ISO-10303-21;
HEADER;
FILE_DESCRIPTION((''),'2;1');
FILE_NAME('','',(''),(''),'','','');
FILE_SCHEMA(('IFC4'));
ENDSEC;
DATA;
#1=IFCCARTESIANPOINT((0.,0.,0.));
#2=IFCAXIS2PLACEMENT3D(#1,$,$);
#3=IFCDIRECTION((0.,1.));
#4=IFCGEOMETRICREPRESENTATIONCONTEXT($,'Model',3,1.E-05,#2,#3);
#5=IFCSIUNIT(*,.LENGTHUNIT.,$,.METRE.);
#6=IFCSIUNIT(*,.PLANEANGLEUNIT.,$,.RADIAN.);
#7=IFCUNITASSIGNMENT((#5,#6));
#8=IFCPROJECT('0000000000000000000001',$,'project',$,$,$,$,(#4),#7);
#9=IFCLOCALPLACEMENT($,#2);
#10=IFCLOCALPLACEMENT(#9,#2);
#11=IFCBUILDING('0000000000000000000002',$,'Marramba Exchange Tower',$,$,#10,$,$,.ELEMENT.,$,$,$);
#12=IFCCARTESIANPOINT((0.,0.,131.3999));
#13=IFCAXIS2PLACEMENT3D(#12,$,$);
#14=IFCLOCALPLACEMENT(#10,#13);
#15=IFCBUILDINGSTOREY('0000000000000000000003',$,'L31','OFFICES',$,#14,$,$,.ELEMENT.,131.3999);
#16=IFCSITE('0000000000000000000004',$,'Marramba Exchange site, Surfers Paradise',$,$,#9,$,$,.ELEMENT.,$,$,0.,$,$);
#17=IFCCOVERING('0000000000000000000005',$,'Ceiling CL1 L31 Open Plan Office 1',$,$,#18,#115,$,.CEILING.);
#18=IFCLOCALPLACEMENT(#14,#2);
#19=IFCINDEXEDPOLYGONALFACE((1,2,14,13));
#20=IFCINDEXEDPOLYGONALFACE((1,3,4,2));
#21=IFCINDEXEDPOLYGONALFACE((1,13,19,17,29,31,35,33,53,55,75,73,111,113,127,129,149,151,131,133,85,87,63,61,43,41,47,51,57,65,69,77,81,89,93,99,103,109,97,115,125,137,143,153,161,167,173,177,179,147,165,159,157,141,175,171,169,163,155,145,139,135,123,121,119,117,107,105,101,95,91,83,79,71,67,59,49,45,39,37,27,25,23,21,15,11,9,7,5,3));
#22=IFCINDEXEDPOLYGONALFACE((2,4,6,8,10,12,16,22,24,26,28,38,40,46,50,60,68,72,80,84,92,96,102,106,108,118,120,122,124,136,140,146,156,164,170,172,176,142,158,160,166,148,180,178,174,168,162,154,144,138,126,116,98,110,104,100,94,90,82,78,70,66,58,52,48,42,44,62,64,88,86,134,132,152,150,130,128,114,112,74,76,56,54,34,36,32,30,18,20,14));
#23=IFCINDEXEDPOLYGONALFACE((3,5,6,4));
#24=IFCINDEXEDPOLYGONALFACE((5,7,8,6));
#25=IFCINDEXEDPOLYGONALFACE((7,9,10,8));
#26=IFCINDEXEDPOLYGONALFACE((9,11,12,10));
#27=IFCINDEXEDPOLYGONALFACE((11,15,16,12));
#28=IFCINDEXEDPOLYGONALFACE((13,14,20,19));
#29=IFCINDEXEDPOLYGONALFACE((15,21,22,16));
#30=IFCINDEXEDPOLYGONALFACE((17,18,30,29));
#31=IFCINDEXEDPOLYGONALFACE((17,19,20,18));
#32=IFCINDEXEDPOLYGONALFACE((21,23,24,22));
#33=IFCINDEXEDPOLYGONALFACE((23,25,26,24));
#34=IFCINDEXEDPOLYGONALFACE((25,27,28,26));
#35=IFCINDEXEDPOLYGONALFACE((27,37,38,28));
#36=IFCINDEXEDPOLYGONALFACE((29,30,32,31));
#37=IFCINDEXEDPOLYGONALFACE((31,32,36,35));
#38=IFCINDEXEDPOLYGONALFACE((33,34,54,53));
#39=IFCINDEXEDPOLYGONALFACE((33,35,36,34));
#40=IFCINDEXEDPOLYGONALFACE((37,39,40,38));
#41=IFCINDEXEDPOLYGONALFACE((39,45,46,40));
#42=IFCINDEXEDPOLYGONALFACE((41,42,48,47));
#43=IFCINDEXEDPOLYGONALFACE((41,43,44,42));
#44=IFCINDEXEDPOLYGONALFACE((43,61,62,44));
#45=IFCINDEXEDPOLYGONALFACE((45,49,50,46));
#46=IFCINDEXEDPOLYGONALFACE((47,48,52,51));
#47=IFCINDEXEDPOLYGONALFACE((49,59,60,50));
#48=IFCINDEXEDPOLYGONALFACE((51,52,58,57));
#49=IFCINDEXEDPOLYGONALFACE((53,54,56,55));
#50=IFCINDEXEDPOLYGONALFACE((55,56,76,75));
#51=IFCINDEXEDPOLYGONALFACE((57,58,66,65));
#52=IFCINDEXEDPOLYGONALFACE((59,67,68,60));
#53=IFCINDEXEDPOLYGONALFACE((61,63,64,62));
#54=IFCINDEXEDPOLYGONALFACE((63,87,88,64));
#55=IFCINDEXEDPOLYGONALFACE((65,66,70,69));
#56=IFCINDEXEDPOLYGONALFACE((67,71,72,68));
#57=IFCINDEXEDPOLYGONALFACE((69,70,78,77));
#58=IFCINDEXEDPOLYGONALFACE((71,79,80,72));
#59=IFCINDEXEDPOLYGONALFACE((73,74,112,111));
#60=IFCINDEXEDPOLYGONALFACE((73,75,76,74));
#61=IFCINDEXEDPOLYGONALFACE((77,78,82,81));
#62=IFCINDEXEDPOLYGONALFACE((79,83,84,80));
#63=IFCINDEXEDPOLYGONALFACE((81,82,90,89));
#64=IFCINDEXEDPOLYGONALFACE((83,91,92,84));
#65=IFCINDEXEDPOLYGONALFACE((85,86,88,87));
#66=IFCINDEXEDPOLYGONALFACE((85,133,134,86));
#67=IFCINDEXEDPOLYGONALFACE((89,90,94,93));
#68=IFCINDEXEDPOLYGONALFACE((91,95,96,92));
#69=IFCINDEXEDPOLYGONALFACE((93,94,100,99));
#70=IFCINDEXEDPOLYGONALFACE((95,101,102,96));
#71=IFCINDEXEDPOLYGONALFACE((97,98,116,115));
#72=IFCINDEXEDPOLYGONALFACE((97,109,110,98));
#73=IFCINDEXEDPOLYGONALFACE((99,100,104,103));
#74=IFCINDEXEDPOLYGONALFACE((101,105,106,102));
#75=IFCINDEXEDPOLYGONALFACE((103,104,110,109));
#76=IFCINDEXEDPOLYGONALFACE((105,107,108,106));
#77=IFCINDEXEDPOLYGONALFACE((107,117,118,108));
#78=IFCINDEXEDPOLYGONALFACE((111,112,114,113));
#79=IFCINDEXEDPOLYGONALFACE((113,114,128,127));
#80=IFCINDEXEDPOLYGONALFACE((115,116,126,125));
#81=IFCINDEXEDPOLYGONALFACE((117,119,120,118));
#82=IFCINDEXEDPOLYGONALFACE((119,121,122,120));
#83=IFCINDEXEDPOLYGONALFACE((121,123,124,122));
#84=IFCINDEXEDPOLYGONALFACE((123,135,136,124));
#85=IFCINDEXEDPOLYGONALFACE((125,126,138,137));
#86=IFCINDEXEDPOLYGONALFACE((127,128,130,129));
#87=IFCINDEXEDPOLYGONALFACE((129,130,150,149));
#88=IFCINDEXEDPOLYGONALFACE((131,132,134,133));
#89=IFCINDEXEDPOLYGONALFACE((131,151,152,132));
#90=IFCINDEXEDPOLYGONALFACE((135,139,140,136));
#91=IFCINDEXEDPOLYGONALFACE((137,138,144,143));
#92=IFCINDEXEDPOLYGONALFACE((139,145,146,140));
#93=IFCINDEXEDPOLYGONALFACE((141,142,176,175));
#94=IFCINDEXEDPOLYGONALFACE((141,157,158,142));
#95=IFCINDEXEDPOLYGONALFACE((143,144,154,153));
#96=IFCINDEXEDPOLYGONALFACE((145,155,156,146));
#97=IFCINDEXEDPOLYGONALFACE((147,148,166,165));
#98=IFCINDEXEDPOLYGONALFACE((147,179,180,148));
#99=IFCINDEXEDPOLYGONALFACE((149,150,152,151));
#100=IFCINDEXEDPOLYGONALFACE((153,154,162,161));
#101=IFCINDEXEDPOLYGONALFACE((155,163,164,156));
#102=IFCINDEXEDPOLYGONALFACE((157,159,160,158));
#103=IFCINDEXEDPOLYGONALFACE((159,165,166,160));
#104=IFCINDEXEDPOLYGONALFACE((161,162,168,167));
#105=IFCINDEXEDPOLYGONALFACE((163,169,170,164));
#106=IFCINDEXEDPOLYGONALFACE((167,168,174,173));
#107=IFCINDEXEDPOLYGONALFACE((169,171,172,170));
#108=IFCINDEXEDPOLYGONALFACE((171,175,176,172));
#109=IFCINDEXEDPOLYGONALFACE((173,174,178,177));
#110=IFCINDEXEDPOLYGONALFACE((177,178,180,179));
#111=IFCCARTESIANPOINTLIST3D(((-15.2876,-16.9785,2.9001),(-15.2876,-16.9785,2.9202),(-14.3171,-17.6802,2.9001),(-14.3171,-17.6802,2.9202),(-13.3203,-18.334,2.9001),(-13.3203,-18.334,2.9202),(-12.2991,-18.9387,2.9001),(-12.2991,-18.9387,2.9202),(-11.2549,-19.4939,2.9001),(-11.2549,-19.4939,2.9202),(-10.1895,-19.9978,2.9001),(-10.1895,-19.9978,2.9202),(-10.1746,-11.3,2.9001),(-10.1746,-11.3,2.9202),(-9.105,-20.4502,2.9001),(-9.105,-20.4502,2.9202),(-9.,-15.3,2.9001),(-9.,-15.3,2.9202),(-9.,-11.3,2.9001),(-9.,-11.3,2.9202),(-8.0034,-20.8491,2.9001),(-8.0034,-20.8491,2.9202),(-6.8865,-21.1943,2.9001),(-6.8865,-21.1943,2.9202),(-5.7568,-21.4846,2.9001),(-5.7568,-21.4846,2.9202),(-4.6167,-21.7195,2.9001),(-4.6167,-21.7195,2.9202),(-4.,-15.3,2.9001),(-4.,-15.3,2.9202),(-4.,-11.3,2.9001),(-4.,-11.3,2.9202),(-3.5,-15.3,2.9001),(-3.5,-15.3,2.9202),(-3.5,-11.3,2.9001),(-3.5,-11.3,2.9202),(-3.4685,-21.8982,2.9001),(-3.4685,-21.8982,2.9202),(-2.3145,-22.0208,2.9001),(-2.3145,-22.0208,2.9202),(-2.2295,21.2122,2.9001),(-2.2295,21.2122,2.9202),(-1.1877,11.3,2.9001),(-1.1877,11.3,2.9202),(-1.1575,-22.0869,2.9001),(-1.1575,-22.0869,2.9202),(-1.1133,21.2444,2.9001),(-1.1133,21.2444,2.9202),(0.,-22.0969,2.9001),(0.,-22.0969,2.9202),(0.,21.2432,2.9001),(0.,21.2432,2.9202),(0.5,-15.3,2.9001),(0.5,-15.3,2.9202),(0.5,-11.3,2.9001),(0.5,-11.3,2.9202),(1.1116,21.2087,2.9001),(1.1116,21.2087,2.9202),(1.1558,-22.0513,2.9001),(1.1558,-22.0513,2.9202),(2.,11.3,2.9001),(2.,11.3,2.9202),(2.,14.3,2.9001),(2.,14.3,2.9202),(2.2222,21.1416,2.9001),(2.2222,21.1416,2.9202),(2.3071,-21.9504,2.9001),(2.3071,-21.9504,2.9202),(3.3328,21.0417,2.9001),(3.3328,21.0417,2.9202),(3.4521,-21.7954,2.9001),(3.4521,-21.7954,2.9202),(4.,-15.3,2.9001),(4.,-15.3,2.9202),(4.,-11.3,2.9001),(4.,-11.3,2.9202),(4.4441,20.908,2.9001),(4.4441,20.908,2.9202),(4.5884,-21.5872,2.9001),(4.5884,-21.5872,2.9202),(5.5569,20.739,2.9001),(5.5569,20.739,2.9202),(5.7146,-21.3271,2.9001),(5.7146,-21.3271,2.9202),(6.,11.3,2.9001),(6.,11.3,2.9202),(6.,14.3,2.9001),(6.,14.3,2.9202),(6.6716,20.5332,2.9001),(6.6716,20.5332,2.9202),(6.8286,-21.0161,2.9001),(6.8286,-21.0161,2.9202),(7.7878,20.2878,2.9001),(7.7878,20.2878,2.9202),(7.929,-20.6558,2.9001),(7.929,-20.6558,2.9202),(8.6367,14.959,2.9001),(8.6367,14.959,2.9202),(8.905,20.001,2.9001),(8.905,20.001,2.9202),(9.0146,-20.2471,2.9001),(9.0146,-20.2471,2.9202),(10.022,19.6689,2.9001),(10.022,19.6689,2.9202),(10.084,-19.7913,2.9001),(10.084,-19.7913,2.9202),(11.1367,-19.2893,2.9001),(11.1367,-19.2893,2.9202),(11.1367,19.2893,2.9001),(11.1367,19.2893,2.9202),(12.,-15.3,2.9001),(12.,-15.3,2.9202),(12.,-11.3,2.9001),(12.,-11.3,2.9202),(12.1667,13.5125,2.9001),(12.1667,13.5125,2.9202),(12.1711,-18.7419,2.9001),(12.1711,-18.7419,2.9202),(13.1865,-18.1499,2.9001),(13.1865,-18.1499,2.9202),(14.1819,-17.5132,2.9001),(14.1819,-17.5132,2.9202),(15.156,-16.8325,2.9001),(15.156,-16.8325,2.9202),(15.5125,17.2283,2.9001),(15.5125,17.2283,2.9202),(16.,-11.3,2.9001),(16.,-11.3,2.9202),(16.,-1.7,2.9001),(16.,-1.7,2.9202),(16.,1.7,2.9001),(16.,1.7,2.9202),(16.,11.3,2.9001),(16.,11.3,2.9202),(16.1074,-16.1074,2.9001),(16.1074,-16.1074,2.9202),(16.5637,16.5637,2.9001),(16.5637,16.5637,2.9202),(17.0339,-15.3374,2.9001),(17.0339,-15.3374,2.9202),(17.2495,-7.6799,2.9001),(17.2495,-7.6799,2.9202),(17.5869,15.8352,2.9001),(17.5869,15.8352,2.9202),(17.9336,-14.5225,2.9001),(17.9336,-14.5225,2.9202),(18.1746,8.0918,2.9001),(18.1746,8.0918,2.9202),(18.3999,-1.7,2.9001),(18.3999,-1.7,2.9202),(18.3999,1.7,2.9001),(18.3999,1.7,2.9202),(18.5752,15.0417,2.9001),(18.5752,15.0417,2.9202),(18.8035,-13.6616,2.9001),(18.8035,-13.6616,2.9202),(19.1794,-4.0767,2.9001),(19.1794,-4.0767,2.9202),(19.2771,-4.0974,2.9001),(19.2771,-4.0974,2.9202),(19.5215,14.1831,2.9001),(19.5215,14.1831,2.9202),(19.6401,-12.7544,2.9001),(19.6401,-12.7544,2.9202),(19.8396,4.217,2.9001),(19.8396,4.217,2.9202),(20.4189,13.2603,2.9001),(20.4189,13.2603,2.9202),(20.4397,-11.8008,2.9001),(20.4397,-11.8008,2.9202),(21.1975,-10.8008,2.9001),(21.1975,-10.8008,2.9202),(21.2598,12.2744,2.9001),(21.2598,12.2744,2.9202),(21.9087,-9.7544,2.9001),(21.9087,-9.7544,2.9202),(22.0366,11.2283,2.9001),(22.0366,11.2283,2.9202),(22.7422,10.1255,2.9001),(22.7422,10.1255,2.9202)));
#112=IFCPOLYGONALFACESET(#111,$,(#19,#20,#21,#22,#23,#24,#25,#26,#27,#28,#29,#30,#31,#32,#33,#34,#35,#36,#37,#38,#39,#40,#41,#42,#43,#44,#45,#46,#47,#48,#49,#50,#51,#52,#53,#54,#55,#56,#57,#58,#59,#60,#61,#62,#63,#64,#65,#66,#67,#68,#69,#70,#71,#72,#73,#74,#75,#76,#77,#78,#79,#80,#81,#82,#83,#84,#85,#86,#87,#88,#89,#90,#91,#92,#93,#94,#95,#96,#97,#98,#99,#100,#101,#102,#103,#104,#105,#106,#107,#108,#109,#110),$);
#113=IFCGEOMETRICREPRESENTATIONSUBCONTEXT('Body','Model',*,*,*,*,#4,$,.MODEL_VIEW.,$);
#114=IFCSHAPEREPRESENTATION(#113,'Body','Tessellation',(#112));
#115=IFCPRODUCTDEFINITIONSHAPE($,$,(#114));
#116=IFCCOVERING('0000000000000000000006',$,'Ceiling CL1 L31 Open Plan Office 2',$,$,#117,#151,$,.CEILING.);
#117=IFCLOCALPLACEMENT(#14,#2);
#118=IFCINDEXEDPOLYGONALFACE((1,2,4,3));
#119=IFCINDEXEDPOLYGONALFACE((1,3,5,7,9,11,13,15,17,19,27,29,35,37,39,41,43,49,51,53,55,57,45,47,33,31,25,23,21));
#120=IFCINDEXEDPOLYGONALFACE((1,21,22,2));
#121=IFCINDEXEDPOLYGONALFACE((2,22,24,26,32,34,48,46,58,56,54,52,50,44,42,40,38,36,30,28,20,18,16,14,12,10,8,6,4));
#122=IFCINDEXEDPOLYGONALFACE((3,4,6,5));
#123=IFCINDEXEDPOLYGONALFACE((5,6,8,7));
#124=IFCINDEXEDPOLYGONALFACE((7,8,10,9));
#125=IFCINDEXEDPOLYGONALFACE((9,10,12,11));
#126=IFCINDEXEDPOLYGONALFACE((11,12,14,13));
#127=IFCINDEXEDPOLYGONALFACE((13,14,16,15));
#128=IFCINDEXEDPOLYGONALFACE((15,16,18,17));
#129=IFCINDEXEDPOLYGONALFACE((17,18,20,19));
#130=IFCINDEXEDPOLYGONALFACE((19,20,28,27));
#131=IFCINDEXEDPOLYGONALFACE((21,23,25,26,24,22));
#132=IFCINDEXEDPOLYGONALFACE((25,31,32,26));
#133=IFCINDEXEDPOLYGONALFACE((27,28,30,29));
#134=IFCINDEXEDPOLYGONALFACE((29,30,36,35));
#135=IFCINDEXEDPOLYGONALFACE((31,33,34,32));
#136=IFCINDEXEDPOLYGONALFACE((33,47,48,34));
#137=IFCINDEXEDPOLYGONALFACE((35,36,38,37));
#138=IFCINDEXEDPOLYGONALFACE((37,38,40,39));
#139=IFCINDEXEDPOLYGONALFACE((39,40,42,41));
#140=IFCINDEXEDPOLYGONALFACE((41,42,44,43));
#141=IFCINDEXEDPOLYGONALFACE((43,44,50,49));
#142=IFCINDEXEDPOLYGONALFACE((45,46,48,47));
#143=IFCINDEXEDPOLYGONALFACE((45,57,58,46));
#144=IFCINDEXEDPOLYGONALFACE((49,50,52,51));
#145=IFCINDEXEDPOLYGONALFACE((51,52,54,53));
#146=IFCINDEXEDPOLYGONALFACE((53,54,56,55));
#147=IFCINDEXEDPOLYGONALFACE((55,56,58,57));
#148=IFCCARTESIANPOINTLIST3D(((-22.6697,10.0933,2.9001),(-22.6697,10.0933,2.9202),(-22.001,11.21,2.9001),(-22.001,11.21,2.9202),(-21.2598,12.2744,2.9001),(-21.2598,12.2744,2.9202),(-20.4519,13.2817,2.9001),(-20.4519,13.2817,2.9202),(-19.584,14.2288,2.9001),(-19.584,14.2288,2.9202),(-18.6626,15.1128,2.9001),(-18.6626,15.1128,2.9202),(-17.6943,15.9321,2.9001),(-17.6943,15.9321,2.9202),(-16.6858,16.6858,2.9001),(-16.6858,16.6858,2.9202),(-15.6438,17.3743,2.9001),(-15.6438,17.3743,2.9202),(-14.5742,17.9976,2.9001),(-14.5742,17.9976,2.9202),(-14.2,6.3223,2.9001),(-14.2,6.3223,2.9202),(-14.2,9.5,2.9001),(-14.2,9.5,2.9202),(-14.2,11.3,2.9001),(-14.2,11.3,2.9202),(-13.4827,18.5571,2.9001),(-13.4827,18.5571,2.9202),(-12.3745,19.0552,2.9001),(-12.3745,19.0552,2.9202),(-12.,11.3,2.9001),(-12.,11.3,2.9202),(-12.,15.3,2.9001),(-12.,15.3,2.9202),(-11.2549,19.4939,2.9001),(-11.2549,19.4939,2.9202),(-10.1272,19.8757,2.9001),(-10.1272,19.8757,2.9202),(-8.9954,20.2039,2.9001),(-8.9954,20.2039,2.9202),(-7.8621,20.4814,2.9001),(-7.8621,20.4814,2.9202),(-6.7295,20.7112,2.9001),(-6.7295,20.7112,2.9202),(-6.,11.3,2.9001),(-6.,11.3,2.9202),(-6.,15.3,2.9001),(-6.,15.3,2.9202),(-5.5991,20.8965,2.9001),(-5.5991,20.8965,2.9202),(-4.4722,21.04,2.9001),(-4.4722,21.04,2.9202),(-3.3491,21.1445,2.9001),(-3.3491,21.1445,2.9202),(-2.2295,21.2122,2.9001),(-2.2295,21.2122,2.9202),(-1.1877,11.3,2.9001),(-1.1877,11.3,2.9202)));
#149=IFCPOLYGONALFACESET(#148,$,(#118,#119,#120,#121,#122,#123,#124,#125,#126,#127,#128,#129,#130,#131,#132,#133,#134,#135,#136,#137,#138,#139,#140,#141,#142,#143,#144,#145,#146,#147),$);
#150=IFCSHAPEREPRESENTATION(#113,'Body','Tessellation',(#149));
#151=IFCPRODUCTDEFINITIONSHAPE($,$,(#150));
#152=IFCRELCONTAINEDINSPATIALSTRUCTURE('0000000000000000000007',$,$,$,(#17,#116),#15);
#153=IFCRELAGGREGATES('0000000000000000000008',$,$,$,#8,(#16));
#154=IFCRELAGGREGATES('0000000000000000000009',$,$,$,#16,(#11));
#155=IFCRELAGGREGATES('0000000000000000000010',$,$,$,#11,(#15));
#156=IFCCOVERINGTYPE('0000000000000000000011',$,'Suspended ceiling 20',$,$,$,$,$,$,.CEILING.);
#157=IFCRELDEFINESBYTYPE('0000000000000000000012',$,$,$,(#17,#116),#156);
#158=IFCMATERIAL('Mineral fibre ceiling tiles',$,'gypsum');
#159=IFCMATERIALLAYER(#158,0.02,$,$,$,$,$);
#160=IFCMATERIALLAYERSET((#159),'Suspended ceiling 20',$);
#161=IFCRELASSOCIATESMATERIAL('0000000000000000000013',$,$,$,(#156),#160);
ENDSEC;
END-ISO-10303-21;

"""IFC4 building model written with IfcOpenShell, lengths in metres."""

from ifc_helpers import new_model, si_unit, direction, frame, origin, place, context, subcontext, project, spatial, polyline, outline, extrude, material, layer, layer_set, type_object, element, save


model = new_model("IFC4")

# Units and contexts
model_context = context("Model", 3, precision=1e-05, world=origin(), true_north=direction((0.0, 1.0)))
body_context = subcontext(model_context, "Body", "Model", "MODEL_VIEW")
ifc_project = project(units=[si_unit("LENGTHUNIT", "METRE"), si_unit("PLANEANGLEUNIT", "RADIAN")], contexts=[model_context])

# Site, building, storey
site_placement = place(None, origin())
site = spatial("IfcSite", under=ifc_project, at=site_placement, Name="Marramba Exchange site, Surfers Paradise", CompositionType="ELEMENT", RefElevation=0.0)
building_placement = place(site_placement, origin())
building = spatial("IfcBuilding", under=site, at=building_placement, Name="Marramba Exchange Tower", CompositionType="ELEMENT")
storey_placement = place(building_placement, frame((0.0, 0.0, 131.3999)))
storey = spatial("IfcBuildingStorey", under=building, at=storey_placement, Name="L31", Description="OFFICES", CompositionType="ELEMENT", Elevation=131.3999)

# Coverings
ifc_material_1 = material(Name="Mineral fibre ceiling tiles", Category="gypsum")
ifc_layer_1 = layer(ifc_material_1, 0.02)
ifc_layer_set_1 = layer_set([ifc_layer_1], Name="Suspended ceiling 20")
covering_type = type_object("IfcCoveringType", Name="Suspended ceiling 20", PredefinedType="CEILING", material=ifc_layer_set_1)
covering_1_placement = place(storey_placement, frame((0.0, 0.0, 2.9001)))
element("IfcCovering", 1, at=covering_1_placement, inside=storey, type_object=covering_type, Name="Ceiling CL1 L31 Open Plan Office 1", PredefinedType="CEILING", context=body_context, shape_type="SweptSolid", body=[
    extrude(outline(polyline([(16.0, -1.7), (18.3999, -1.7), (18.3999, 1.7), (16.0, 1.7), (16.0, 11.3), (6.0, 11.3), (6.0, 14.3), (2.0, 14.3), (2.0, 11.3), (-1.1877, 11.3), (-2.2295, 21.2122), (-1.1133, 21.2444), (0.0, 21.2432), (1.1116, 21.2087), (2.2222, 21.1416), (3.3328, 21.0417), (4.4441, 20.908), (5.5569, 20.739), (6.6716, 20.5332), (7.7878, 20.2878), (8.905, 20.001), (10.022, 19.6689), (11.1367, 19.2893), (8.6367, 14.959), (12.1667, 13.5125), (15.5125, 17.2283), (16.5637, 16.5637), (17.5869, 15.8352), (18.5752, 15.0417), (19.5215, 14.1831), (20.4189, 13.2603), (21.2598, 12.2744), (22.0366, 11.2283), (22.7422, 10.1255), (18.1746, 8.0918), (19.8396, 4.217), (19.2771, -4.0974), (19.1794, -4.0767), (17.2495, -7.6799), (21.9087, -9.7544), (21.1975, -10.8008), (20.4397, -11.8008), (19.6401, -12.7544), (18.8035, -13.6616), (17.9336, -14.5225), (17.0339, -15.3374), (16.1074, -16.1074), (15.156, -16.8325), (14.1819, -17.5132), (13.1865, -18.1499), (12.1711, -18.7419), (11.1367, -19.2893), (10.084, -19.7913), (9.0146, -20.2471), (7.929, -20.6558), (6.8286, -21.0161), (5.7146, -21.3271), (4.5884, -21.5872), (3.4521, -21.7954), (2.3071, -21.9504), (1.1558, -22.0513), (0.0, -22.0969), (-1.1575, -22.0869), (-2.3145, -22.0208), (-3.4685, -21.8982), (-4.6167, -21.7195), (-5.7568, -21.4846), (-6.8865, -21.1943), (-8.0034, -20.8491), (-9.105, -20.4502), (-10.1895, -19.9978), (-11.2549, -19.4939), (-12.2991, -18.9387), (-13.3203, -18.334), (-14.3171, -17.6802), (-15.2876, -16.9785), (-10.1746, -11.3), (-9.0, -11.3), (-9.0, -15.3), (-4.0, -15.3), (-4.0, -11.3), (-3.5, -11.3), (-3.5, -15.3), (0.5, -15.3), (0.5, -11.3), (4.0, -11.3), (4.0, -15.3), (12.0, -15.3), (12.0, -11.3), (16.0, -11.3), (16.0, -1.7)])), origin(), (0.0, 0.0, 1.0), 0.02),
])
covering_2_placement = place(storey_placement, frame((0.0, 0.0, 2.9001)))
element("IfcCovering", 2, at=covering_2_placement, inside=storey, type_object=covering_type, Name="Ceiling CL1 L31 Open Plan Office 2", PredefinedType="CEILING", context=body_context, shape_type="SweptSolid", body=[
    extrude(outline(polyline([(-21.2598, 12.2744), (-20.4519, 13.2817), (-19.584, 14.2288), (-18.6626, 15.1128), (-17.6943, 15.9321), (-16.6858, 16.6858), (-15.6438, 17.3743), (-14.5742, 17.9976), (-13.4827, 18.5571), (-12.3745, 19.0552), (-11.2549, 19.4939), (-10.1272, 19.8757), (-8.9954, 20.2039), (-7.8621, 20.4814), (-6.7295, 20.7112), (-5.5991, 20.8965), (-4.4722, 21.04), (-3.3491, 21.1445), (-2.2295, 21.2122), (-1.1877, 11.3), (-6.0, 11.3), (-6.0, 15.3), (-12.0, 15.3), (-12.0, 11.3), (-14.2, 11.3), (-14.2, 9.5), (-14.2, 6.3223), (-22.6697, 10.0933), (-22.001, 11.21), (-21.2598, 12.2744)])), origin(), (0.0, 0.0, 1.0), 0.02),
])

save(model, "model.ifc")
